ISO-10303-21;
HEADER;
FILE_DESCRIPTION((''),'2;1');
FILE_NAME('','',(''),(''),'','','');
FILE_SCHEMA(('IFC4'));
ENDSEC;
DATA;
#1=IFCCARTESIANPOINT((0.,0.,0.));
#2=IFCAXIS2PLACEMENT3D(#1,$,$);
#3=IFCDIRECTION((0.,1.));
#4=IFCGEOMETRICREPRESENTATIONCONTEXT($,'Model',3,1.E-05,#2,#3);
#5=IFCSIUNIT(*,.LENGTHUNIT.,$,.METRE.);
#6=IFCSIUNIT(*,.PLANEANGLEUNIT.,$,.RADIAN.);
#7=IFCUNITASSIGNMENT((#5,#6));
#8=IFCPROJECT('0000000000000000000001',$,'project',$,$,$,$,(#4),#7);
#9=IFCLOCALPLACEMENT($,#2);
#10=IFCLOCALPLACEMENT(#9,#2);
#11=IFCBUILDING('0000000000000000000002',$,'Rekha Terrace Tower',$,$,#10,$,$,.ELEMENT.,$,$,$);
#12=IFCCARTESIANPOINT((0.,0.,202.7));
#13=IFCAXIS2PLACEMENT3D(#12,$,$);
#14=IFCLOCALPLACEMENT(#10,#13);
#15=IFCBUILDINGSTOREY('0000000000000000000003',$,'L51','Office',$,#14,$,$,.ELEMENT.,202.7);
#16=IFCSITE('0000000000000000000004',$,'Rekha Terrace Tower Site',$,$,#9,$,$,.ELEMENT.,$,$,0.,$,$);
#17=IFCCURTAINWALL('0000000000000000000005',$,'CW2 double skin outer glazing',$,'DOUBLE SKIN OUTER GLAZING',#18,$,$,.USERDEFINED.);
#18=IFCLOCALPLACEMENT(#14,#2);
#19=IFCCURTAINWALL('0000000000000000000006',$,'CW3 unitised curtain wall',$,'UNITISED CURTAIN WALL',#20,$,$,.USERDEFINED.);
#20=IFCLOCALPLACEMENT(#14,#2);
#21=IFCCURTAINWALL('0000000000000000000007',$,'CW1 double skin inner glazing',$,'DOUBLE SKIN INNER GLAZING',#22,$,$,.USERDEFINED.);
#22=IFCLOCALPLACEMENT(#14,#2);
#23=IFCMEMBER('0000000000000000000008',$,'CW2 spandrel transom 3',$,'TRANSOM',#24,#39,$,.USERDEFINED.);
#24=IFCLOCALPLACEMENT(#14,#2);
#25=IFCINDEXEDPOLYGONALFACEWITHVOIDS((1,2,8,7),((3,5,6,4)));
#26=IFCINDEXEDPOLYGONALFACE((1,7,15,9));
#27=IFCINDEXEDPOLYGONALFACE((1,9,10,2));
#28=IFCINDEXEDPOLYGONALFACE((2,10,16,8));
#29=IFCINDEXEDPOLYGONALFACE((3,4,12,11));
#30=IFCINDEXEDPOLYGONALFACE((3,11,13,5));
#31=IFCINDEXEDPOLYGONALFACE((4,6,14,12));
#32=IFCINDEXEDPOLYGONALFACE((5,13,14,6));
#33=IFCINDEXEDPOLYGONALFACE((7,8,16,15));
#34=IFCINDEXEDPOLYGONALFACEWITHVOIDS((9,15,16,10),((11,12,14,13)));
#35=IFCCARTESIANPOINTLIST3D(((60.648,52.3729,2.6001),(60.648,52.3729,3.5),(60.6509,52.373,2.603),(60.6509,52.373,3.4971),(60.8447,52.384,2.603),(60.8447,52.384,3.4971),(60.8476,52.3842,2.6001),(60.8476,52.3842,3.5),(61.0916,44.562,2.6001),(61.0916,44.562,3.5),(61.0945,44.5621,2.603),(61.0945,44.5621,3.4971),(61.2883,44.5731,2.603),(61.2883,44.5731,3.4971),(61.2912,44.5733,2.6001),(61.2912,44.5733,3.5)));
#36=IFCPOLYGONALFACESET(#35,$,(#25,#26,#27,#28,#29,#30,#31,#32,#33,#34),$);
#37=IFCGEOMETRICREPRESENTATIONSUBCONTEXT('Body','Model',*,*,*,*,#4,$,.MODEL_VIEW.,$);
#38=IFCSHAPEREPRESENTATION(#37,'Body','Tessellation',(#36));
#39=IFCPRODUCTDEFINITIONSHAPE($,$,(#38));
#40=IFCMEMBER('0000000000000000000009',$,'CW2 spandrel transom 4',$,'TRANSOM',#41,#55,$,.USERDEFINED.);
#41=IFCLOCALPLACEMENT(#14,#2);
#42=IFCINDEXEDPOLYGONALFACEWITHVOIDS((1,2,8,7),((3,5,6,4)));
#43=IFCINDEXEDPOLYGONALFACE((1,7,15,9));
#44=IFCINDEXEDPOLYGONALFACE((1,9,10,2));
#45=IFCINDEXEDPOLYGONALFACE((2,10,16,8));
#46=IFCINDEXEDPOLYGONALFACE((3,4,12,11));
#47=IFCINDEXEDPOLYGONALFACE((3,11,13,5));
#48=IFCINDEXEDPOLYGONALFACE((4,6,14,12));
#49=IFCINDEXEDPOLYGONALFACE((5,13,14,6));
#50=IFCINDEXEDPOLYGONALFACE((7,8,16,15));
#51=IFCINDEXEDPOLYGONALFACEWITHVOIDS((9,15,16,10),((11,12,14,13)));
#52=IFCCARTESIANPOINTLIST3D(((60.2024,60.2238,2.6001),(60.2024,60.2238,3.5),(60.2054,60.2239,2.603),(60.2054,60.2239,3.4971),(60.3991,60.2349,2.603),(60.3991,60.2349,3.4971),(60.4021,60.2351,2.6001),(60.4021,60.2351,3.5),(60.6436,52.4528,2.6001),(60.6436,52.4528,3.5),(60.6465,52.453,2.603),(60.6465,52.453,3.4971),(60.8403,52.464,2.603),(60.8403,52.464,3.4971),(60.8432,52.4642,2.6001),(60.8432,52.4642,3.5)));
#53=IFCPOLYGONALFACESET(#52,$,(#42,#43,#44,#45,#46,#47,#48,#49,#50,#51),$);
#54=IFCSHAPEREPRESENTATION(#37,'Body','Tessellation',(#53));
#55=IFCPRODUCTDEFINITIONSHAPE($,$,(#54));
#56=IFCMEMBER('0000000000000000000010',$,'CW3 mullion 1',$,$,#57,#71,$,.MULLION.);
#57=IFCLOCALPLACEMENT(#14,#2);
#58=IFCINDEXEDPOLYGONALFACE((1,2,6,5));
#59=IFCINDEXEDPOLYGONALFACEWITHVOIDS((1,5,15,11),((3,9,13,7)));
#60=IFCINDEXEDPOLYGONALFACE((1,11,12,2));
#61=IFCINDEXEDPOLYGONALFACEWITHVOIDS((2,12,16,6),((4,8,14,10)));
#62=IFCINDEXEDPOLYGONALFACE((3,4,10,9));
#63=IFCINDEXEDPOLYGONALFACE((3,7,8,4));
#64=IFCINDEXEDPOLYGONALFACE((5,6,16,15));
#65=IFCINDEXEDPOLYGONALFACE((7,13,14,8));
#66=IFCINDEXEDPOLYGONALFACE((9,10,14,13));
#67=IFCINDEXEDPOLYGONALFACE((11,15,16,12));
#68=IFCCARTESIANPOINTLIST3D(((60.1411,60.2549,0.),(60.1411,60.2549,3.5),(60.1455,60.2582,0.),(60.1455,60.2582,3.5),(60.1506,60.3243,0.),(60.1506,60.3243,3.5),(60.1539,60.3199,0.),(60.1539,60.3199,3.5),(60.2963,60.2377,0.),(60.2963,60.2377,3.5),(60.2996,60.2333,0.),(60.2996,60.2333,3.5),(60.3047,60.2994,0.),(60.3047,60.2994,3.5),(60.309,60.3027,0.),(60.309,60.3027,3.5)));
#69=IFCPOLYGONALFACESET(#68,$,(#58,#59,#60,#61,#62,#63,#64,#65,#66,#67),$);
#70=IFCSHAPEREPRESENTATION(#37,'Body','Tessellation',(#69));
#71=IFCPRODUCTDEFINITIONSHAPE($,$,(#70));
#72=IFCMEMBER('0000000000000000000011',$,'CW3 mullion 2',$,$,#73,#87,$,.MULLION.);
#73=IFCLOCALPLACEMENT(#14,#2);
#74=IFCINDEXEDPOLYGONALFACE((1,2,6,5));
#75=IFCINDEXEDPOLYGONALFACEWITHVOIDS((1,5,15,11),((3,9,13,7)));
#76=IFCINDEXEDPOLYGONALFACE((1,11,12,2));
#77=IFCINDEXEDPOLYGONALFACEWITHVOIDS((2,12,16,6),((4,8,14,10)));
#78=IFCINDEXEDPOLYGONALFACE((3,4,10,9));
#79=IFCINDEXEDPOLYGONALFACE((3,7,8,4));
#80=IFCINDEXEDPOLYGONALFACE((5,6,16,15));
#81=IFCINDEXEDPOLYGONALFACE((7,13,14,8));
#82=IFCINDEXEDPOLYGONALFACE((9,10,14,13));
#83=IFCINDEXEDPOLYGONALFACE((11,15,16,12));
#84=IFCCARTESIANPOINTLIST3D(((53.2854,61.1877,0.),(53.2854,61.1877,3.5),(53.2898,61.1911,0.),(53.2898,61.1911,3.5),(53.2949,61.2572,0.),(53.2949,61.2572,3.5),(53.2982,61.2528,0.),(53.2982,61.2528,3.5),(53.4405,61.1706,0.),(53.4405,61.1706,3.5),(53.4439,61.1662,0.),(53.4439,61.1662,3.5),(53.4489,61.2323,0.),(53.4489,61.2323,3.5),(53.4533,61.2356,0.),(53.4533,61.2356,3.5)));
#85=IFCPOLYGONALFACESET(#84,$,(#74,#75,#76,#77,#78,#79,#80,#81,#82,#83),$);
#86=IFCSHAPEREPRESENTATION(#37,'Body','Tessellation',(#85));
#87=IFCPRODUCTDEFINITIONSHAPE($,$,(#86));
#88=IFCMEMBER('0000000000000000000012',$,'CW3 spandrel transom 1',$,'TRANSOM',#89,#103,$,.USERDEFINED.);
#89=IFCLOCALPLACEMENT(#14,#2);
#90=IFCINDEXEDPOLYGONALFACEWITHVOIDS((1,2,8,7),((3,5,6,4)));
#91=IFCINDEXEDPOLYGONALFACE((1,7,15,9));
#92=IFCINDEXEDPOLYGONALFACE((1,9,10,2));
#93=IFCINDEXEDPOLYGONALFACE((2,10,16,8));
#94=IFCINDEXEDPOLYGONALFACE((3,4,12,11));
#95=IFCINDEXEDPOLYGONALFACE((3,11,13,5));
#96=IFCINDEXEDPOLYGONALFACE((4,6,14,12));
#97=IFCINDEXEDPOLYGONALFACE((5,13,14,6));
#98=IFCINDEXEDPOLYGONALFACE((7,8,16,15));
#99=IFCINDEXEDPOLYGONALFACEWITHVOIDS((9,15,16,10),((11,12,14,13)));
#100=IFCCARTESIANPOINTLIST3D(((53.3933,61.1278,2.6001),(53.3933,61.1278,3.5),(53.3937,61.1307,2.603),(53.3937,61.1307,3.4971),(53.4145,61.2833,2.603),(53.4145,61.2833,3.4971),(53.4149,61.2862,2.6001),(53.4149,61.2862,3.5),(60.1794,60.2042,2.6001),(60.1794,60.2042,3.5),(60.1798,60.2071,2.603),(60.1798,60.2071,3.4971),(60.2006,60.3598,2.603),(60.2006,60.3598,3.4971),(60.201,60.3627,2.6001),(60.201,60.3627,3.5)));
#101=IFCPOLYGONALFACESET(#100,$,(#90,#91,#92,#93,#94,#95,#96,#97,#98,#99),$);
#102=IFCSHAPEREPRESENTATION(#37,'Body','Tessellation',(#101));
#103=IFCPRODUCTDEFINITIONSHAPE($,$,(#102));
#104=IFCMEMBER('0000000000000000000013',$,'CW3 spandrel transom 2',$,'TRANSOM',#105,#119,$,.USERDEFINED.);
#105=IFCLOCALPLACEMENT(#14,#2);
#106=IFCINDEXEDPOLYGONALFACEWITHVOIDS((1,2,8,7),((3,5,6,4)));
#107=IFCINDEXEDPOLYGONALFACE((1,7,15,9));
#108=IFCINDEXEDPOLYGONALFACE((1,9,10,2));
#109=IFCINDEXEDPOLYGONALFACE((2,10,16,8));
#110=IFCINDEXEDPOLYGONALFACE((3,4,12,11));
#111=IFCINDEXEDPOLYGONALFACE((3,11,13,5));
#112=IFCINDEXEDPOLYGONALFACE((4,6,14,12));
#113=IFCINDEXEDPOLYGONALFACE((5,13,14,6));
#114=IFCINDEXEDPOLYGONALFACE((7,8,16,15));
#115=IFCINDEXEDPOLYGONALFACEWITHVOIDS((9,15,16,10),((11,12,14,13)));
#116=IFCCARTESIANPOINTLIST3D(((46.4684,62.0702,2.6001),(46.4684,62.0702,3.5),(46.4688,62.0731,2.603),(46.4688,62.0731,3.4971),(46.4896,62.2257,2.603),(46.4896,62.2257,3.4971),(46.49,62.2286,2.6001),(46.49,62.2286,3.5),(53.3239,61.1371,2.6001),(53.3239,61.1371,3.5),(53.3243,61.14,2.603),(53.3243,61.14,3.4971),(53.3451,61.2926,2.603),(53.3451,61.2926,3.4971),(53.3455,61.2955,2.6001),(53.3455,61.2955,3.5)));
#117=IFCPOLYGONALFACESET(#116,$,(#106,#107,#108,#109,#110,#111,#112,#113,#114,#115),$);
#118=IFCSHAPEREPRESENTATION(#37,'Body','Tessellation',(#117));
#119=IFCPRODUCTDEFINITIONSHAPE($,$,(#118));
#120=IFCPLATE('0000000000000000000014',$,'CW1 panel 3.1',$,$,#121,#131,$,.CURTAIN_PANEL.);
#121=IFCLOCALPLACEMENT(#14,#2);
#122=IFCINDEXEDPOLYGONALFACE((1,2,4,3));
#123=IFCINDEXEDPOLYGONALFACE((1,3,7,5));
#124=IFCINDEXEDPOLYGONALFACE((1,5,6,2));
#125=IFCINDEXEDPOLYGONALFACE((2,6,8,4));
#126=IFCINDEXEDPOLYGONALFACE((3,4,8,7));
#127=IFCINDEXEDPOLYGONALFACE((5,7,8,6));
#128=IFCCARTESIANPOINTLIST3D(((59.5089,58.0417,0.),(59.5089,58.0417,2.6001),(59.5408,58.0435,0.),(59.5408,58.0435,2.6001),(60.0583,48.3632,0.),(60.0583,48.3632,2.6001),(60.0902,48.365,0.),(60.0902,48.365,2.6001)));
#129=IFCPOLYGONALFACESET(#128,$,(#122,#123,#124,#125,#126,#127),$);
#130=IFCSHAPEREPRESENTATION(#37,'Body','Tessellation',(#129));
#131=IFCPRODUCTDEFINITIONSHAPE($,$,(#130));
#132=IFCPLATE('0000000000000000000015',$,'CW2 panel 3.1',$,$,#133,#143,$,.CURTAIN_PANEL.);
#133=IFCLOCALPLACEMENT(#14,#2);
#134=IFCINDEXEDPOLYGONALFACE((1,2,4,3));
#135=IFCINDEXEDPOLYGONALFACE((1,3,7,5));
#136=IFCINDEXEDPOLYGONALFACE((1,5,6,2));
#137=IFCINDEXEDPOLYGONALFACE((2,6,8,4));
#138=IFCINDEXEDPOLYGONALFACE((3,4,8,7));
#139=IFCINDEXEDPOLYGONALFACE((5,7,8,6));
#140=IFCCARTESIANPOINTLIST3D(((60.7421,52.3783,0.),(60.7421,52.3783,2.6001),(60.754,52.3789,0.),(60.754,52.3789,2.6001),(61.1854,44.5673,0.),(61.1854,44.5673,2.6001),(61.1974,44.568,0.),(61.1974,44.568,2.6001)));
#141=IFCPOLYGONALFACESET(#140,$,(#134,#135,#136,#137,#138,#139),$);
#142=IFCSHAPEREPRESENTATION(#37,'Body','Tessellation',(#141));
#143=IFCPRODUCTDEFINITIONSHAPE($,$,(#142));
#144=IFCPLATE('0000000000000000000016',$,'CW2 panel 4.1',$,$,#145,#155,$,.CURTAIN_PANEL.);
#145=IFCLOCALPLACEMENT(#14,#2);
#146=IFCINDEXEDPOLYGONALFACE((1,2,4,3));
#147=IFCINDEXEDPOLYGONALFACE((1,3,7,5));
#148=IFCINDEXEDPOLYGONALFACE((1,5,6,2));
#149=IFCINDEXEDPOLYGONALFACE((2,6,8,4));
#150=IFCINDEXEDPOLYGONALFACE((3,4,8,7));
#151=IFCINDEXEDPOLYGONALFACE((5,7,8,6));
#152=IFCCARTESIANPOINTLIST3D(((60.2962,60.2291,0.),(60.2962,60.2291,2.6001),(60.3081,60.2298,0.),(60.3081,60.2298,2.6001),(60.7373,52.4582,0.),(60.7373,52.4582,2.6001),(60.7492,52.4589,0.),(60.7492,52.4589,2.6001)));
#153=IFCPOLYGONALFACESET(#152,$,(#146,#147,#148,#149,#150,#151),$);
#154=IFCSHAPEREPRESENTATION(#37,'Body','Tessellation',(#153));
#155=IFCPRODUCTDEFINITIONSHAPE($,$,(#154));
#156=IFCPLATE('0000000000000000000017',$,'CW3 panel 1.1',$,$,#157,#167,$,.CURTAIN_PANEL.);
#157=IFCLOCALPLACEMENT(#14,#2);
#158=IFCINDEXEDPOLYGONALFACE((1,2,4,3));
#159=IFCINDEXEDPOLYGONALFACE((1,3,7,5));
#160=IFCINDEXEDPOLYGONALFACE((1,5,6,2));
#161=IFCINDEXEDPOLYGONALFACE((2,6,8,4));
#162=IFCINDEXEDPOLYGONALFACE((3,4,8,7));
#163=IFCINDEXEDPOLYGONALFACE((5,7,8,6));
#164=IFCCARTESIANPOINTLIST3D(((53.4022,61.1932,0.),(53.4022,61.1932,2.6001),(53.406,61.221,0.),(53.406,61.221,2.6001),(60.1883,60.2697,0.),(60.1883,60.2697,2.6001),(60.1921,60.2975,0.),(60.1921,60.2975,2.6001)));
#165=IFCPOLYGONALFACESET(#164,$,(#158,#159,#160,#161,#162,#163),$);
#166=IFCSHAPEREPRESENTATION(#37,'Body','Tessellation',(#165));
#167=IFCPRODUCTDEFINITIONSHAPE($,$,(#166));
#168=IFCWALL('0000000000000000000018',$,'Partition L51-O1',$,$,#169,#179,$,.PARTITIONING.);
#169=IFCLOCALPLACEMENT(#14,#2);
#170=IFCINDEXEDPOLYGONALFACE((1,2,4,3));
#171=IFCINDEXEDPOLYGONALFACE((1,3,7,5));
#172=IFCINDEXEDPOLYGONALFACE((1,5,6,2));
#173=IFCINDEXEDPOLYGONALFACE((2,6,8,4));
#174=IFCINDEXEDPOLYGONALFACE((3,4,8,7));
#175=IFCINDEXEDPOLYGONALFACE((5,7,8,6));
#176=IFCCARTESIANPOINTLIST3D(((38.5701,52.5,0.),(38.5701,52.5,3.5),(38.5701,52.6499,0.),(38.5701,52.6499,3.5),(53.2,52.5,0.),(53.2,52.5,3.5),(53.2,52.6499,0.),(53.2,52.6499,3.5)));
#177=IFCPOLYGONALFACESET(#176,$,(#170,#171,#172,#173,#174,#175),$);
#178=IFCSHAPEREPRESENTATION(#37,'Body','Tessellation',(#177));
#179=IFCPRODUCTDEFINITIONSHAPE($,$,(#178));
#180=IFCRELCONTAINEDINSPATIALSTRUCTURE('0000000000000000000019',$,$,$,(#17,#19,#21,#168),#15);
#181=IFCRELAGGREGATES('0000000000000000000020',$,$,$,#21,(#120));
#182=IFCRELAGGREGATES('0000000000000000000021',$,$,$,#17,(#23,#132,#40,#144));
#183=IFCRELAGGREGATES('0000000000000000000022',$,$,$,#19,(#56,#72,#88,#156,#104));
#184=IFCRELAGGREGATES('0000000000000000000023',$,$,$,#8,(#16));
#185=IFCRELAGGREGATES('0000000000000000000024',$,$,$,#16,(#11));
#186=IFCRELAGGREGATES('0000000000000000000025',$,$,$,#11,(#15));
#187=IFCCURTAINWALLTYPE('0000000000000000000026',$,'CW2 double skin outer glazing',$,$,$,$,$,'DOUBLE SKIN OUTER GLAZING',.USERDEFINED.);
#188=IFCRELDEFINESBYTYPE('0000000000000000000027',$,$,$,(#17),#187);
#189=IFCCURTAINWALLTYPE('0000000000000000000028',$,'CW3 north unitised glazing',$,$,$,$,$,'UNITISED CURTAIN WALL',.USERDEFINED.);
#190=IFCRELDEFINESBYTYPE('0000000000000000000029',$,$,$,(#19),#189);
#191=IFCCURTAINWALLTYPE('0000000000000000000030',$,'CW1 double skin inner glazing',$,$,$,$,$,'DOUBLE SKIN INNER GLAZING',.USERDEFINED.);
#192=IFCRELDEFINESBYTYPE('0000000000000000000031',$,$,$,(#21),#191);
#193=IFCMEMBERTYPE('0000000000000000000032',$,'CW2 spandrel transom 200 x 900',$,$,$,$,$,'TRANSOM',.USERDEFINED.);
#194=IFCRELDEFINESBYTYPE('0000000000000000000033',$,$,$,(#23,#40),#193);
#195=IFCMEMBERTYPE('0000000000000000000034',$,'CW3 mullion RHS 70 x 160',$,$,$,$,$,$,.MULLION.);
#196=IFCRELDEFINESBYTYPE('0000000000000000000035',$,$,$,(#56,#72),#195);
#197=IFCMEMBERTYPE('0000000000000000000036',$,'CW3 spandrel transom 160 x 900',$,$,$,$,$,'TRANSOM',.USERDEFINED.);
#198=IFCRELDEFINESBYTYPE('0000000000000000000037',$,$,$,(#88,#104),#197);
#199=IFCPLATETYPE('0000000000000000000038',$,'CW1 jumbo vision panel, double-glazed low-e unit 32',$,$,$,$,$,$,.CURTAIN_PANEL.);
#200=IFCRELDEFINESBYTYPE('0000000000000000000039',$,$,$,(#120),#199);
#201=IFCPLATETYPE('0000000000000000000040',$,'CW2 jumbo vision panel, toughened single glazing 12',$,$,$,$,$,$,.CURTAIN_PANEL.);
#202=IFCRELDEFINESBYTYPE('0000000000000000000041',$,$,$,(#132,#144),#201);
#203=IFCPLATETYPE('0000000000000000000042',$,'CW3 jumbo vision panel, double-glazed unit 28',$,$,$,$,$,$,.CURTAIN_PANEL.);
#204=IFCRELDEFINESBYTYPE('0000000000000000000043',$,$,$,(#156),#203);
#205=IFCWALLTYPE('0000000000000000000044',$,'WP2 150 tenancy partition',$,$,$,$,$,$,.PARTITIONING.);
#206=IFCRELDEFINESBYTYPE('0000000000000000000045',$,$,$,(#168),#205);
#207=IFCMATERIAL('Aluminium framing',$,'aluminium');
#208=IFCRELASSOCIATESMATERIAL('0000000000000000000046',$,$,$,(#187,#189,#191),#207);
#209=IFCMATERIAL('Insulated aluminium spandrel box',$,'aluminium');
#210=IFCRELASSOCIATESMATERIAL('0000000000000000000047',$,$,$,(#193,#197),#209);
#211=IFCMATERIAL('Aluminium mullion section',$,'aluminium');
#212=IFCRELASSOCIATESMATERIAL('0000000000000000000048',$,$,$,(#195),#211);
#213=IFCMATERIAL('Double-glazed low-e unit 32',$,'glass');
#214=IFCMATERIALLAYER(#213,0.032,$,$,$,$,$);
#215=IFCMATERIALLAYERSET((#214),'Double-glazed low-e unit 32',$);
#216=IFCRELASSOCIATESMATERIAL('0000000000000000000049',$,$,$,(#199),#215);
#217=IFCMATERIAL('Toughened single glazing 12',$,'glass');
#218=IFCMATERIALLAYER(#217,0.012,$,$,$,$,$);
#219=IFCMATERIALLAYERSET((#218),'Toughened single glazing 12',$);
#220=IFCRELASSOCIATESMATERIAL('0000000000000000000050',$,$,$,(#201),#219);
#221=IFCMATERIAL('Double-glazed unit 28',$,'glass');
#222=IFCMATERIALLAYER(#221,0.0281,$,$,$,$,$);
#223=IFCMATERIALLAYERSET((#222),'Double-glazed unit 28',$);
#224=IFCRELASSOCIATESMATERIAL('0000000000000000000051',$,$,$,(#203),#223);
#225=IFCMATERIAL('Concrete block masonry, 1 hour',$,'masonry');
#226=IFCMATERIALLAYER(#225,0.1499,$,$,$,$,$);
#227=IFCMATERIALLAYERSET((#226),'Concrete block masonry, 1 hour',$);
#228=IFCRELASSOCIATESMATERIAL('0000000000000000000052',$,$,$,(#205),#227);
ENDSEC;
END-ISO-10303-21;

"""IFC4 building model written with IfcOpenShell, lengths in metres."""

from ifc_helpers import new_model, si_unit, direction, frame, frame_2d, origin, origin_2d, place, context, subcontext, project, spatial, rectangle, hollow_rectangle, extrude, material, layer, layer_set, material_profile, profile_set, type_object, element, aggregate, save


model = new_model("IFC4")

# Units and contexts
model_context = context("Model", 3, precision=1e-05, world=origin(), true_north=direction((0.0, 1.0)))
body_context = subcontext(model_context, "Body", "Model", "MODEL_VIEW")
ifc_project = project(units=[si_unit("LENGTHUNIT", "METRE"), si_unit("PLANEANGLEUNIT", "RADIAN")], contexts=[model_context])

# Site, building, storey
site_placement = place(None, origin())
site = spatial("IfcSite", under=ifc_project, at=site_placement, Name="Rekha Terrace Tower Site", CompositionType="ELEMENT", RefElevation=0.0)
building_placement = place(site_placement, origin())
building = spatial("IfcBuilding", under=site, at=building_placement, Name="Rekha Terrace Tower", CompositionType="ELEMENT")
storey_placement = place(building_placement, frame((0.0, 0.0, 202.7)))
storey = spatial("IfcBuildingStorey", under=building, at=storey_placement, Name="L51", Description="Office", CompositionType="ELEMENT", Elevation=202.7)

# Curtain wall
ifc_material_1 = material(Name="Aluminium framing", Category="aluminium")
curtain_wall_type_1 = type_object("IfcCurtainWallType", Name="CW2 double skin outer glazing", ElementType="DOUBLE SKIN OUTER GLAZING", PredefinedType="USERDEFINED", material=ifc_material_1)
curtain_wall_1_placement = place(storey_placement, origin())
curtain_wall_1 = element("IfcCurtainWall", 1, at=curtain_wall_1_placement, inside=storey, type_object=curtain_wall_type_1, Name="CW2 double skin outer glazing", ObjectType="DOUBLE SKIN OUTER GLAZING", PredefinedType="USERDEFINED")

# Curtain wall
curtain_wall_type_2 = type_object("IfcCurtainWallType", Name="CW3 north unitised glazing", ElementType="UNITISED CURTAIN WALL", PredefinedType="USERDEFINED", material=ifc_material_1)
curtain_wall_2_placement = place(storey_placement, origin())
curtain_wall_2 = element("IfcCurtainWall", 2, at=curtain_wall_2_placement, inside=storey, type_object=curtain_wall_type_2, Name="CW3 unitised curtain wall", ObjectType="UNITISED CURTAIN WALL", PredefinedType="USERDEFINED")

# Curtain wall
curtain_wall_type_3 = type_object("IfcCurtainWallType", Name="CW1 double skin inner glazing", ElementType="DOUBLE SKIN INNER GLAZING", PredefinedType="USERDEFINED", material=ifc_material_1)
curtain_wall_3_placement = place(storey_placement, origin())
curtain_wall_3 = element("IfcCurtainWall", 3, at=curtain_wall_3_placement, inside=storey, type_object=curtain_wall_type_3, Name="CW1 double skin inner glazing", ObjectType="DOUBLE SKIN INNER GLAZING", PredefinedType="USERDEFINED")
ifc_material_2 = material(Name="Aluminium mullion section", Category="aluminium")
ifc_material_3 = material(Name="Insulated aluminium spandrel box", Category="aluminium")

# Members
ifc_material_profile_1 = material_profile(ifc_material_3, hollow_rectangle(XDim=0.2, YDim=0.8999, WallThickness=0.0029, at=origin_2d()), Name="AL SPANDREL BOX 200x900")
ifc_profile_set_1 = profile_set([ifc_material_profile_1], Name="Insulated aluminium spandrel box")
member_type_1 = type_object("IfcMemberType", Name="CW2 spandrel transom 200 x 900", ElementType="TRANSOM", PredefinedType="USERDEFINED", material=ifc_profile_set_1)
member_1_placement = place(storey_placement, frame((61.1914, 44.5676, 3.05), z_axis=(-0.056702, 0.998391, 0.0), x_axis=(-0.998391, -0.056702, 0.0)))
member_1 = element("IfcMember", 4, at=member_1_placement, type_object=member_type_1, Name="CW2 spandrel transom 3", ObjectType="TRANSOM", PredefinedType="USERDEFINED", context=body_context, shape_type="SweptSolid", body=[
    extrude(hollow_rectangle(XDim=0.2, YDim=0.8999, WallThickness=0.0029, at=origin_2d()), origin(), (0.0, 0.0, 1.0), 7.8235),
])
member_2_placement = place(storey_placement, frame((60.7434, 52.4585, 3.05), z_axis=(-0.056679, 0.998392, 0.0), x_axis=(-0.998392, -0.056679, 0.0)))
member_2 = element("IfcMember", 5, at=member_2_placement, type_object=member_type_1, Name="CW2 spandrel transom 4", ObjectType="TRANSOM", PredefinedType="USERDEFINED", context=body_context, shape_type="SweptSolid", body=[
    extrude(hollow_rectangle(XDim=0.2, YDim=0.8999, WallThickness=0.0029, at=origin_2d()), origin(), (0.0, 0.0, 1.0), 7.7834),
])
ifc_material_profile_2 = material_profile(ifc_material_2, hollow_rectangle(XDim=0.0701, YDim=0.1599, WallThickness=0.0039, at=origin_2d()), Name="AL RHS 70x160")
ifc_profile_set_2 = profile_set([ifc_material_profile_2], Name="Aluminium mullion section")
member_type_2 = type_object("IfcMemberType", Name="CW3 mullion RHS 70 x 160", PredefinedType="MULLION", material=ifc_profile_set_2)
member_3_placement = place(storey_placement, frame((60.2251, 60.2788, 0.0), z_axis=(0.0, 0.0, 1.0), x_axis=(-0.134841, -0.990867, 0.0)))
member_3 = element("IfcMember", 6, at=member_3_placement, type_object=member_type_2, Name="CW3 mullion 1", PredefinedType="MULLION", context=body_context, shape_type="SweptSolid", body=[
    extrude(hollow_rectangle(XDim=0.0701, YDim=0.1599, WallThickness=0.0039, at=origin_2d()), origin(), (0.0, 0.0, 1.0), 3.5),
])
member_4_placement = place(storey_placement, frame((53.3694, 61.2117, 0.0), z_axis=(0.0, 0.0, 1.0), x_axis=(-0.134841, -0.990867, 0.0)))
member_4 = element("IfcMember", 7, at=member_4_placement, type_object=member_type_2, Name="CW3 mullion 2", PredefinedType="MULLION", context=body_context, shape_type="SweptSolid", body=[
    extrude(hollow_rectangle(XDim=0.0701, YDim=0.1599, WallThickness=0.0039, at=origin_2d()), origin(), (0.0, 0.0, 1.0), 3.5),
])
ifc_material_profile_3 = material_profile(ifc_material_3, hollow_rectangle(XDim=0.1599, YDim=0.8999, WallThickness=0.0029, at=origin_2d()), Name="AL SPANDREL BOX 160x900")
ifc_profile_set_3 = profile_set([ifc_material_profile_3], Name="Insulated aluminium spandrel box")
member_type_3 = type_object("IfcMemberType", Name="CW3 spandrel transom 160 x 900", ElementType="TRANSOM", PredefinedType="USERDEFINED", material=ifc_profile_set_3)
member_5_placement = place(storey_placement, frame((60.1902, 60.2834, 3.05), z_axis=(-0.990865, 0.134855, 0.0), x_axis=(-0.134855, -0.990865, 0.0)))
member_5 = element("IfcMember", 8, at=member_5_placement, type_object=member_type_3, Name="CW3 spandrel transom 1", ObjectType="TRANSOM", PredefinedType="USERDEFINED", context=body_context, shape_type="SweptSolid", body=[
    extrude(hollow_rectangle(XDim=0.1599, YDim=0.8999, WallThickness=0.0029, at=origin_2d()), origin(), (0.0, 0.0, 1.0), 6.8486),
])
member_6_placement = place(storey_placement, frame((53.3347, 61.2163, 3.05), z_axis=(-0.990864, 0.134868, 0.0), x_axis=(-0.134868, -0.990864, 0.0)))
member_6 = element("IfcMember", 9, at=member_6_placement, type_object=member_type_3, Name="CW3 spandrel transom 2", ObjectType="TRANSOM", PredefinedType="USERDEFINED", context=body_context, shape_type="SweptSolid", body=[
    extrude(hollow_rectangle(XDim=0.1599, YDim=0.8999, WallThickness=0.0029, at=origin_2d()), origin(), (0.0, 0.0, 1.0), 6.9187),
])

# Plates
ifc_material_4 = material(Name="Double-glazed low-e unit 32", Category="glass")
ifc_layer_1 = layer(ifc_material_4, 0.032)
ifc_layer_set_1 = layer_set([ifc_layer_1], Name="Double-glazed low-e unit 32")
plate_type_1 = type_object("IfcPlateType", Name="CW1 jumbo vision panel, double-glazed low-e unit 32", PredefinedType="CURTAIN_PANEL", material=ifc_layer_set_1)
plate_1_placement = place(storey_placement, frame((59.7996, 53.2034, 0.0), z_axis=(0.0, 0.0, 1.0), x_axis=(-0.056673, 0.998393, 0.0)))
plate_1 = element("IfcPlate", 10, at=plate_1_placement, type_object=plate_type_1, Name="CW1 panel 3.1", PredefinedType="CURTAIN_PANEL", context=body_context, shape_type="SweptSolid", body=[
    extrude(rectangle(XDim=9.6941, YDim=0.032, at=origin_2d()), origin(), (0.0, 0.0, 1.0), 2.6001),
])
aggregate(curtain_wall_3, [plate_1])
ifc_material_5 = material(Name="Toughened single glazing 12", Category="glass")
ifc_layer_2 = layer(ifc_material_5, 0.012)
ifc_layer_set_2 = layer_set([ifc_layer_2], Name="Toughened single glazing 12")
plate_type_2 = type_object("IfcPlateType", Name="CW2 jumbo vision panel, toughened single glazing 12", PredefinedType="CURTAIN_PANEL", material=ifc_layer_set_2)
plate_2_placement = place(storey_placement, frame((60.9697, 48.4731, 0.0), z_axis=(0.0, 0.0, 1.0), x_axis=(-0.056673, 0.998393, 0.0)))
plate_2 = element("IfcPlate", 11, at=plate_2_placement, type_object=plate_type_2, Name="CW2 panel 3.1", PredefinedType="CURTAIN_PANEL", context=body_context, shape_type="SweptSolid", body=[
    extrude(rectangle(XDim=7.8235, YDim=0.012, at=origin_2d()), origin(), (0.0, 0.0, 1.0), 2.6001),
])
plate_3_placement = place(storey_placement, frame((60.5227, 56.344, 0.0), z_axis=(0.0, 0.0, 1.0), x_axis=(-0.056673, 0.998393, 0.0)))
plate_3 = element("IfcPlate", 12, at=plate_3_placement, type_object=plate_type_2, Name="CW2 panel 4.1", PredefinedType="CURTAIN_PANEL", context=body_context, shape_type="SweptSolid", body=[
    extrude(rectangle(XDim=7.7834, YDim=0.012, at=origin_2d()), origin(), (0.0, 0.0, 1.0), 2.6001),
])
aggregate(curtain_wall_1, [member_1, plate_2, member_2, plate_3])
ifc_material_6 = material(Name="Double-glazed unit 28", Category="glass")
ifc_layer_3 = layer(ifc_material_6, 0.0281)
ifc_layer_set_3 = layer_set([ifc_layer_3], Name="Double-glazed unit 28")
plate_type_3 = type_object("IfcPlateType", Name="CW3 jumbo vision panel, double-glazed unit 28", PredefinedType="CURTAIN_PANEL", material=ifc_layer_set_3)
plate_4_placement = place(storey_placement, frame((56.7971, 60.7454, 0.0), z_axis=(0.0, 0.0, 1.0), x_axis=(-0.990867, 0.134841, 0.0)))
plate_4 = element("IfcPlate", 13, at=plate_4_placement, type_object=plate_type_3, Name="CW3 panel 1.1", PredefinedType="CURTAIN_PANEL", context=body_context, shape_type="SweptSolid", body=[
    extrude(rectangle(XDim=6.8486, YDim=0.0281, at=origin_2d()), origin(), (0.0, 0.0, 1.0), 2.6001),
])
aggregate(curtain_wall_2, [member_3, member_4, member_5, plate_4, member_6])

# Wall
ifc_material_7 = material(Name="Concrete block masonry, 1 hour", Category="masonry")
ifc_layer_4 = layer(ifc_material_7, 0.1499)
ifc_layer_set_4 = layer_set([ifc_layer_4], Name="Concrete block masonry, 1 hour")
wall_type_1 = type_object("IfcWallType", Name="WP2 150 tenancy partition", PredefinedType="PARTITIONING", material=ifc_layer_set_4)
wall_1_placement = place(storey_placement, frame((53.2, 52.575, 0.0), z_axis=(0.0, 0.0, 1.0), x_axis=(-1.0, 0.0, 0.0)))
element("IfcWall", 14, at=wall_1_placement, inside=storey, type_object=wall_type_1, Name="Partition L51-O1", PredefinedType="PARTITIONING", context=body_context, shape_type="SweptSolid", body=[
    extrude(rectangle(XDim=14.6299, YDim=0.1499, at=frame_2d((7.3149, 0.0))), origin(), (0.0, 0.0, 1.0), 3.5),
])

save(model, "model.ifc")
